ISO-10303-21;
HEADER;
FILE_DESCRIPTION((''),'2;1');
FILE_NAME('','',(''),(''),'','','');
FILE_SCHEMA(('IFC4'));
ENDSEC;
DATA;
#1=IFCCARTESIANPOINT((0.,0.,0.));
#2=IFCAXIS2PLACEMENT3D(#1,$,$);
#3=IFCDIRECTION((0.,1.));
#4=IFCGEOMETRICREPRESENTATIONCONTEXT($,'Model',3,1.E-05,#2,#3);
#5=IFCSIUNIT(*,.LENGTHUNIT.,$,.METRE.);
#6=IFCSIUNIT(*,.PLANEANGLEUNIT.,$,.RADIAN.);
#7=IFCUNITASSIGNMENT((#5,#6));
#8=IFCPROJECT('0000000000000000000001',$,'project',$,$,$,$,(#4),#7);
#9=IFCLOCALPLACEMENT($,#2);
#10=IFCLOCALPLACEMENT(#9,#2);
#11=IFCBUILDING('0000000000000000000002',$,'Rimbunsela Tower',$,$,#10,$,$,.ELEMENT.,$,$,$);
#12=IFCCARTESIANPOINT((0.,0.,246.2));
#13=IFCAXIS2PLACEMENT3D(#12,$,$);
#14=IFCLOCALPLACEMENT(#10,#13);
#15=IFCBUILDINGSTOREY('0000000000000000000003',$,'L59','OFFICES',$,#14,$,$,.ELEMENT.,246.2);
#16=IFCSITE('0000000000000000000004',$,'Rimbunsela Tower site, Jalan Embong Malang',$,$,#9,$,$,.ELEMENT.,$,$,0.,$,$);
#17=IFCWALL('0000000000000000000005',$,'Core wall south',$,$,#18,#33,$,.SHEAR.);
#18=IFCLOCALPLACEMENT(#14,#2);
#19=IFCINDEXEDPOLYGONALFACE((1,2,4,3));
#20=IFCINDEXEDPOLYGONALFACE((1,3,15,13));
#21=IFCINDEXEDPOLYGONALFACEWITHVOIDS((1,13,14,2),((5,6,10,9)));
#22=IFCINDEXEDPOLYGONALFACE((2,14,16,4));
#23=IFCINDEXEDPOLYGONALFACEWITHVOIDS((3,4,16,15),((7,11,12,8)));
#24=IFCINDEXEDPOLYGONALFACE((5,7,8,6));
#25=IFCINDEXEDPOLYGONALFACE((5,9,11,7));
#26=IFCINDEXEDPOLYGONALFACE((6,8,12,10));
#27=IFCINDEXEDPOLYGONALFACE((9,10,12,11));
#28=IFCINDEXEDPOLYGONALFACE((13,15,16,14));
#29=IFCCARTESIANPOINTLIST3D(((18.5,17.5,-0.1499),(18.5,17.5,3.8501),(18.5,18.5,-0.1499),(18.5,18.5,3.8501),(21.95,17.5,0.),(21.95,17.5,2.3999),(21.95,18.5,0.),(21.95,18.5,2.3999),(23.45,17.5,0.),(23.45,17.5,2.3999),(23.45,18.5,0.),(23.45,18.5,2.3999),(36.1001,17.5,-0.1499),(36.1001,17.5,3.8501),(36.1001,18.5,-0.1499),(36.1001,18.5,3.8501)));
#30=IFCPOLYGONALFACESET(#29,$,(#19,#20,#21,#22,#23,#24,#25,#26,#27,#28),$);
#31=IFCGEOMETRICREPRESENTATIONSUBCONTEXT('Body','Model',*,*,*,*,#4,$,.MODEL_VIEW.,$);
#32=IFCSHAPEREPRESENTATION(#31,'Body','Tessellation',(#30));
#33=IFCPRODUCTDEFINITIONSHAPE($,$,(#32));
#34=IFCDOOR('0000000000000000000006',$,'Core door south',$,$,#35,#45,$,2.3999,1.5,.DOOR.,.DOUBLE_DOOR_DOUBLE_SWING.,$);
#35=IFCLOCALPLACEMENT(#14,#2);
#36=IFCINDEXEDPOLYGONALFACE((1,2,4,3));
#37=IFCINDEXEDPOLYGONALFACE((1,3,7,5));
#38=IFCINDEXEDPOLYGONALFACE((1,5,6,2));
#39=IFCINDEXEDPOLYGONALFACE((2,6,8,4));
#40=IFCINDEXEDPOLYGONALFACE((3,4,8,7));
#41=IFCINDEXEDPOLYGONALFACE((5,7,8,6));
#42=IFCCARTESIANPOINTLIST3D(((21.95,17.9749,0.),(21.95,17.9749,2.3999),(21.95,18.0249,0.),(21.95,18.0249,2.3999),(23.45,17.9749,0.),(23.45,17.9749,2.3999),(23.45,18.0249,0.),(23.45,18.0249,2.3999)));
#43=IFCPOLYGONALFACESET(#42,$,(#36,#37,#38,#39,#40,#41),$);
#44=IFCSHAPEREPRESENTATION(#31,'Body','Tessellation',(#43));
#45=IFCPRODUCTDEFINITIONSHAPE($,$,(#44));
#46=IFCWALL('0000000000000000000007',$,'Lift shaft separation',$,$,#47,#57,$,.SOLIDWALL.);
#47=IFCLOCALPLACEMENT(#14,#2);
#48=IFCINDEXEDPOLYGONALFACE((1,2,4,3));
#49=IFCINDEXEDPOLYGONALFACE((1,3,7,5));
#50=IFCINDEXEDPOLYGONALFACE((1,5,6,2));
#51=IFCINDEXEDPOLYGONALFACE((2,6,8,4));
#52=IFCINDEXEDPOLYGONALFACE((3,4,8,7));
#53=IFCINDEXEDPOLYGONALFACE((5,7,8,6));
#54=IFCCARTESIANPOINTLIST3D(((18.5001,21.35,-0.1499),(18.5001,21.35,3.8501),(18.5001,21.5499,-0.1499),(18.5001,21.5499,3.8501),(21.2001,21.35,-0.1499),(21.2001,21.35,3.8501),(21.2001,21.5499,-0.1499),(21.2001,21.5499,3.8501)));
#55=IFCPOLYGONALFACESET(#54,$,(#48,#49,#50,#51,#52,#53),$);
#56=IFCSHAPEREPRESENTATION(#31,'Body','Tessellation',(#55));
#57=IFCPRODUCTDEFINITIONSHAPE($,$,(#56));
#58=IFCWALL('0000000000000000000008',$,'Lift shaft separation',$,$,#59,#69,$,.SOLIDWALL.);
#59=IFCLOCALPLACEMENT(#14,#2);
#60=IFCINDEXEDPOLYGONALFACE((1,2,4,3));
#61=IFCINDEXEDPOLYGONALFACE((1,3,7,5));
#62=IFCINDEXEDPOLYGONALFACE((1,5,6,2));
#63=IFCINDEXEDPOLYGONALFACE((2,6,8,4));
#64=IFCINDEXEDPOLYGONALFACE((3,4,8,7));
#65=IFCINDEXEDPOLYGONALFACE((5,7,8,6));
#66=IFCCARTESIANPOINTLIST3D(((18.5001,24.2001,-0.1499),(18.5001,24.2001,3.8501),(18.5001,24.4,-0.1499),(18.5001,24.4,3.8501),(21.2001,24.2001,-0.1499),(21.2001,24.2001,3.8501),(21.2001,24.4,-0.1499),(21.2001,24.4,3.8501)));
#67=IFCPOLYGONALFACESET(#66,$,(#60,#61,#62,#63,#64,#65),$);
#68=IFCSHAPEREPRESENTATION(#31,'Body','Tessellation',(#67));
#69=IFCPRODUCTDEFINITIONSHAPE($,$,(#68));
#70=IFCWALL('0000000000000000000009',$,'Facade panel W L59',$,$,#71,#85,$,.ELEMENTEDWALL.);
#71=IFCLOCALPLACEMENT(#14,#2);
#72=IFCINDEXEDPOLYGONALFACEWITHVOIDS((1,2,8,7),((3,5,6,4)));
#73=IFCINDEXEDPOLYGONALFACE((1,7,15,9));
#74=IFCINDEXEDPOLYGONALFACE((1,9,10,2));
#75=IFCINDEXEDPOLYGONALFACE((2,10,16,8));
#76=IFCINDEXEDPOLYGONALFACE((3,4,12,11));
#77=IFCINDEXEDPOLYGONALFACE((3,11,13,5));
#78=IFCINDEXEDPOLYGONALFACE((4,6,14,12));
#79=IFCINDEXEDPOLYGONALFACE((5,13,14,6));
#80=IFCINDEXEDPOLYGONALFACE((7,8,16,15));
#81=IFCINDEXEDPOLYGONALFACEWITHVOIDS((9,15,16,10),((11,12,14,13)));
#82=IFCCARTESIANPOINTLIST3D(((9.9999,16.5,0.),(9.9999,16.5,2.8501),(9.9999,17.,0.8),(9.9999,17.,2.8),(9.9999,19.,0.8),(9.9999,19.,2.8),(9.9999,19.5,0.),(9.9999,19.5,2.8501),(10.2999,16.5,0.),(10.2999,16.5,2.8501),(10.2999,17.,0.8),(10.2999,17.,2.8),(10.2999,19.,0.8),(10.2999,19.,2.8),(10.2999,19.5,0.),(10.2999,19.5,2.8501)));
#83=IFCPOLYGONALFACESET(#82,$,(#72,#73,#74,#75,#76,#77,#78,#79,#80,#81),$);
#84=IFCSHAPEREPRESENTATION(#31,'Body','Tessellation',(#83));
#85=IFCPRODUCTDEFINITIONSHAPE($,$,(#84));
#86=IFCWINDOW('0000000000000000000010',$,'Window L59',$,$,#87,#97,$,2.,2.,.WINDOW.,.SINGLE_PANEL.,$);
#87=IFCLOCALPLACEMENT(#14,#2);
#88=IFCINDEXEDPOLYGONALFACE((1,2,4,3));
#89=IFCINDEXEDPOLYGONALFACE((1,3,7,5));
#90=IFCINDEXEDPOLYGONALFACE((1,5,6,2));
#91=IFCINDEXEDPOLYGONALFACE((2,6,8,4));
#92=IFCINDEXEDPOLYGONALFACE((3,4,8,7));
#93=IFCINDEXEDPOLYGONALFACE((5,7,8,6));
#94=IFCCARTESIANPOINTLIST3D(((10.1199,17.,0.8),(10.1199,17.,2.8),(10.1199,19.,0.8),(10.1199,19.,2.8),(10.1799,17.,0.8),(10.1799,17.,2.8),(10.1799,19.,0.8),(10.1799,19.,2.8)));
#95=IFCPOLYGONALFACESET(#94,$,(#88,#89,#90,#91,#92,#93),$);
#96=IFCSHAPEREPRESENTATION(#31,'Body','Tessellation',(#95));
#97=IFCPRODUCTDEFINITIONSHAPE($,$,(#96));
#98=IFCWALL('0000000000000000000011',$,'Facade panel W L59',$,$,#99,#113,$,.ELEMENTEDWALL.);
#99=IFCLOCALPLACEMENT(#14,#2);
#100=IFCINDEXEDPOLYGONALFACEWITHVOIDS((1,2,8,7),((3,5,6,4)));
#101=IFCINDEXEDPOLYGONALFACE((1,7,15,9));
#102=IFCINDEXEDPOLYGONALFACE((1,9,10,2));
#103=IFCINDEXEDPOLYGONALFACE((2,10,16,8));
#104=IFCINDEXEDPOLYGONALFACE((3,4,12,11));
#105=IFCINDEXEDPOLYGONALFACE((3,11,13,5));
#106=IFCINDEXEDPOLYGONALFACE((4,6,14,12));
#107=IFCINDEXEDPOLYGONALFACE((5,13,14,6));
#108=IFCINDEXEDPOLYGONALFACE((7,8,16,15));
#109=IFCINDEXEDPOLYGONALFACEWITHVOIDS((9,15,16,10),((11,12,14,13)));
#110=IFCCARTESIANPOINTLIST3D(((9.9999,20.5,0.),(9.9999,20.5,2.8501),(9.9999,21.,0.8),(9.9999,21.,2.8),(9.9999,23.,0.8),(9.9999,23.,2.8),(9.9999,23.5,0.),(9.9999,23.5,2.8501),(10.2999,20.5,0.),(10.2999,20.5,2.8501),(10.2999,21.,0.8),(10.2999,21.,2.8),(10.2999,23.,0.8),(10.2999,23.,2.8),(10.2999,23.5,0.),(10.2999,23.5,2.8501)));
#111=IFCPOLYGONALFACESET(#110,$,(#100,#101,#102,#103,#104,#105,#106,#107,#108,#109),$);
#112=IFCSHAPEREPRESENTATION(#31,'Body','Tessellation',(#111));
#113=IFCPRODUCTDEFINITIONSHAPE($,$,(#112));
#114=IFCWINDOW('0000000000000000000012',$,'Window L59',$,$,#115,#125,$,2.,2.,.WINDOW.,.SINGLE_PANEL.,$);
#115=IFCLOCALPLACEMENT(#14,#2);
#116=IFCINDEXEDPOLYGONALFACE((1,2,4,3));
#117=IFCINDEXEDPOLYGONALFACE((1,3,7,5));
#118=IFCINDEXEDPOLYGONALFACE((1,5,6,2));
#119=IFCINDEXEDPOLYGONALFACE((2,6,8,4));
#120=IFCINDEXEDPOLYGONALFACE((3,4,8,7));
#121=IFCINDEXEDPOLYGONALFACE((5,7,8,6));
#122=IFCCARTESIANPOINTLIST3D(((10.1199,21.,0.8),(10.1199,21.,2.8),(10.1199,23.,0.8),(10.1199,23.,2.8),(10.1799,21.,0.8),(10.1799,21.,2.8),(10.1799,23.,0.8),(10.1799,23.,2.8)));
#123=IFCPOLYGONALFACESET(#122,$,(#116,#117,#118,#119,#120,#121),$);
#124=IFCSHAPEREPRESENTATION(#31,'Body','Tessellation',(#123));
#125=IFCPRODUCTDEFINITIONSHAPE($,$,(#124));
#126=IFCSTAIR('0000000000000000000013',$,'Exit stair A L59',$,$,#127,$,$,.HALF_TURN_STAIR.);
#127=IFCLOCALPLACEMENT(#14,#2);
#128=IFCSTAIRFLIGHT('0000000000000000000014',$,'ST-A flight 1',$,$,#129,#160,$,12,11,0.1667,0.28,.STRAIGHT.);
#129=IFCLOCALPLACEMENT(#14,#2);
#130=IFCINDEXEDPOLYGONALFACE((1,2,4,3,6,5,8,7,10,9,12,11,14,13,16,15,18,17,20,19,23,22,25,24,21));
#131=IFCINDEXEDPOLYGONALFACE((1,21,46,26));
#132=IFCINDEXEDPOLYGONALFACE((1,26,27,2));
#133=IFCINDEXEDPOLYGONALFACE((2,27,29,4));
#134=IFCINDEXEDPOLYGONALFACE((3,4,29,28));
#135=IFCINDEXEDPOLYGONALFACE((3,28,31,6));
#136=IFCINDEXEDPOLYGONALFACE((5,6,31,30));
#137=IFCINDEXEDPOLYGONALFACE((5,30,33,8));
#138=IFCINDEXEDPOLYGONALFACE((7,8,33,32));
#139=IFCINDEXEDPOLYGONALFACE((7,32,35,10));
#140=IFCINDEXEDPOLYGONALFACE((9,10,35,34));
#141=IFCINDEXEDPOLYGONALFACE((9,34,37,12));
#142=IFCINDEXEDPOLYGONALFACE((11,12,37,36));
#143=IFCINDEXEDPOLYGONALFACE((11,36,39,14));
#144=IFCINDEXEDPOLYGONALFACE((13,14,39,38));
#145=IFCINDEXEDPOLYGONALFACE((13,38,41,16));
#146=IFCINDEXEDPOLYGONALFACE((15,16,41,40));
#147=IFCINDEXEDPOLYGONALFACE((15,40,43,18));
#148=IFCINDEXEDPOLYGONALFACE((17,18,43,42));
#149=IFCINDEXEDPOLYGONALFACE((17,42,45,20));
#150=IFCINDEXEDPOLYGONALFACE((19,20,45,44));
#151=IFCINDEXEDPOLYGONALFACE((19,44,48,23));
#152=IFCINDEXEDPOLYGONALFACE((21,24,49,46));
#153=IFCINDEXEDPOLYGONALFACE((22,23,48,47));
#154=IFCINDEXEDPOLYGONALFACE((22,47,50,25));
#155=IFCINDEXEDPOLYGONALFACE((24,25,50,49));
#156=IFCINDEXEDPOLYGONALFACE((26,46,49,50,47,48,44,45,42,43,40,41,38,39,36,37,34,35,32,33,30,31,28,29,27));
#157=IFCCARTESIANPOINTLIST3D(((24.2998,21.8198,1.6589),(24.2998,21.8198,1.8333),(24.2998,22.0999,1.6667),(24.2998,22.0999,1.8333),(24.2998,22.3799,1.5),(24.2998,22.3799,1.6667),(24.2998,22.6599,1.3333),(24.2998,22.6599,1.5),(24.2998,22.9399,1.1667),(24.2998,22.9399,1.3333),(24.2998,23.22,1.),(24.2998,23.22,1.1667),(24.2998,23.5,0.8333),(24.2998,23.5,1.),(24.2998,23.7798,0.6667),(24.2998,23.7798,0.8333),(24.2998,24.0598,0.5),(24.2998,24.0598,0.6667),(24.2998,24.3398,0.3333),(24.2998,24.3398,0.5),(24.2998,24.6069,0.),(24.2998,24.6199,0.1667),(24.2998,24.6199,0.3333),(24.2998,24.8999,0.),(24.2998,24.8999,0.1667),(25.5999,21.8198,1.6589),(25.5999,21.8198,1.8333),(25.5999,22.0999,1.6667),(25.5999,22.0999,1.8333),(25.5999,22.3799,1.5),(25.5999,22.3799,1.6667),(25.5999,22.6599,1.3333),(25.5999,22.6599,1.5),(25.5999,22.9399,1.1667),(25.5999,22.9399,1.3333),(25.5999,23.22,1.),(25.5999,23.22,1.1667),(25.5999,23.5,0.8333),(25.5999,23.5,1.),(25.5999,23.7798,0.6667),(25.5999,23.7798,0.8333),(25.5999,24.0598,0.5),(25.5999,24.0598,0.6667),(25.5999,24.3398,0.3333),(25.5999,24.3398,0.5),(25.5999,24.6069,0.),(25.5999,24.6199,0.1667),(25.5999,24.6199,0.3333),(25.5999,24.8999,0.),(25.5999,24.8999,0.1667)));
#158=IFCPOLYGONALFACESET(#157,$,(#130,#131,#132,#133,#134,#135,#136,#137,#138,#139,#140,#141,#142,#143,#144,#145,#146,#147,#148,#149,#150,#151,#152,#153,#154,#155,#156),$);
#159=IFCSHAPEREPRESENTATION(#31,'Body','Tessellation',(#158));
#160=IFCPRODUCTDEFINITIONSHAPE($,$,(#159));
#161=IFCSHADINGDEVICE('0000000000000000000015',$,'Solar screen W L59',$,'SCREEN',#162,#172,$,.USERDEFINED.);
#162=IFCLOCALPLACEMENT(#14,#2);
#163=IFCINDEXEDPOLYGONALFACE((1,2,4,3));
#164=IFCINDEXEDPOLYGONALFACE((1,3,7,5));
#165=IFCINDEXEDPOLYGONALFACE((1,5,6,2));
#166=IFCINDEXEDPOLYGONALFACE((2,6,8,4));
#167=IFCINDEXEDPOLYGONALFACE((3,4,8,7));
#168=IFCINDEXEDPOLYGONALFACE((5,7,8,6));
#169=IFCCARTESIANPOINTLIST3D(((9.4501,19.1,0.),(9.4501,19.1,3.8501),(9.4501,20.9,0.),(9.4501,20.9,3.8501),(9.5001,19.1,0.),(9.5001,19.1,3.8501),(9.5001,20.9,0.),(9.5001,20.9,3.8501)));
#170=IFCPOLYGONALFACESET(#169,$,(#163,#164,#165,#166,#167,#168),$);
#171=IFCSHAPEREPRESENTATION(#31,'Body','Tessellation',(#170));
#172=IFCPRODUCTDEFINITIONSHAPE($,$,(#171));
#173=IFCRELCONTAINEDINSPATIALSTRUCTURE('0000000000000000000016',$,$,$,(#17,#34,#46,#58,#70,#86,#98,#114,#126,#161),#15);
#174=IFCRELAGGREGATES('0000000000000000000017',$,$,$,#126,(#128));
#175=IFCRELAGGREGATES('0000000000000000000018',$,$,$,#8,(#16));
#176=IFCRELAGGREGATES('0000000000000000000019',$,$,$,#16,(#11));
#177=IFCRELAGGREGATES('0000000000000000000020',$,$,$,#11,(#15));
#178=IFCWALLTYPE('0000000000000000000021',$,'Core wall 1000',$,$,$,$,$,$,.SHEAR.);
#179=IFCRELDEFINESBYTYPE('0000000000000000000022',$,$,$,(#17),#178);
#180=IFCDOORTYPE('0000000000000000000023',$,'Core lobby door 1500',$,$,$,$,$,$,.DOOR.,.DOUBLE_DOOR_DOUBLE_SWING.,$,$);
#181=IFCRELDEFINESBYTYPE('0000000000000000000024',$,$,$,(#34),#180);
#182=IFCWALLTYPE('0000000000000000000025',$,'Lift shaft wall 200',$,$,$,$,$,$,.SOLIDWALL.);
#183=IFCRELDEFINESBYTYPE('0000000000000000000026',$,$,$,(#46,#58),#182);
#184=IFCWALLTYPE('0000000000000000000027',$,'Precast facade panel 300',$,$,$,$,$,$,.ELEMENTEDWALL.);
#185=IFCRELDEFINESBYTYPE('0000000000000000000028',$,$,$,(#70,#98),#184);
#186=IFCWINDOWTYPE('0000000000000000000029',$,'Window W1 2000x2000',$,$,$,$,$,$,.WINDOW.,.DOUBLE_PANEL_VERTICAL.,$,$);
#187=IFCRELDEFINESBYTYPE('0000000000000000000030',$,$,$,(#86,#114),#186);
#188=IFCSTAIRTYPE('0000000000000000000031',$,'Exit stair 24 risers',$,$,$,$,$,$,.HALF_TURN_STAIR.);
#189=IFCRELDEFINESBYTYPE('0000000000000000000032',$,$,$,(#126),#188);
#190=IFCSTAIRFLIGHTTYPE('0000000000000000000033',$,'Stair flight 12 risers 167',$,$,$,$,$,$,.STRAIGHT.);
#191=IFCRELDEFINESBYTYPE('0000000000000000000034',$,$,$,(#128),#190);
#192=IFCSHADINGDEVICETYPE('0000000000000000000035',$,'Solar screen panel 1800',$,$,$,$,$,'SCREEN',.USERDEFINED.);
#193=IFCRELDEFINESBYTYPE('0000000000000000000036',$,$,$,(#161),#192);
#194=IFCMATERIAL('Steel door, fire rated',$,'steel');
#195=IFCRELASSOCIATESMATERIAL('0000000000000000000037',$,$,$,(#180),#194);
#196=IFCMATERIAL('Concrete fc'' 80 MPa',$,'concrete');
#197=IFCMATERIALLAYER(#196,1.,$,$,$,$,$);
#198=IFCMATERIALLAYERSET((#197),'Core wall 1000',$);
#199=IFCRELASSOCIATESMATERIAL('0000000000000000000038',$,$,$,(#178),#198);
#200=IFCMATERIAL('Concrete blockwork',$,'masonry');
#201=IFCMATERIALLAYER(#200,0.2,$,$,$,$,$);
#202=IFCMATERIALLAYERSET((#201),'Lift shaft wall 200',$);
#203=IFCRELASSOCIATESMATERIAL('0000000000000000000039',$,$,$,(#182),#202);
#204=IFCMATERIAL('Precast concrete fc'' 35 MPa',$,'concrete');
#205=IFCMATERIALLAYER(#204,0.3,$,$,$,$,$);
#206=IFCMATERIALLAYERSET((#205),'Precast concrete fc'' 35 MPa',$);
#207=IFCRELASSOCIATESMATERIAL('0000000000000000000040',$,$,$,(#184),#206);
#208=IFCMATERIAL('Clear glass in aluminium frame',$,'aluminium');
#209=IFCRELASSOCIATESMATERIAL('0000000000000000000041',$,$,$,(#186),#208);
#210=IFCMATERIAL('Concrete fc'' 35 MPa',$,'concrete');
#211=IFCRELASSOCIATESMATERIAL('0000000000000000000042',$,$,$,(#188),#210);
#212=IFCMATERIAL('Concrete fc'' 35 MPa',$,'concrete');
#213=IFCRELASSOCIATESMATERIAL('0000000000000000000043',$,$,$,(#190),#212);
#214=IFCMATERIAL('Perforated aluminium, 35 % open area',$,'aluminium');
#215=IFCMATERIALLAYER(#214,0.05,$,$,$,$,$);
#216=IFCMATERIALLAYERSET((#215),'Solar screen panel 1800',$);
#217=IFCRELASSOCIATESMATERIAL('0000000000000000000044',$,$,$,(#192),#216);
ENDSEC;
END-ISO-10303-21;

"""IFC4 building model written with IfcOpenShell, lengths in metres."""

from ifc_helpers import new_model, si_unit, direction, frame, frame_2d, origin, origin_2d, place, context, subcontext, project, spatial, polyline, rectangle, outline, extrude, material, layer, layer_set, type_object, element, fill, aggregate, save


model = new_model("IFC4")

# Units and contexts
model_context = context("Model", 3, precision=1e-05, world=origin(), true_north=direction((0.0, 1.0)))
body_context = subcontext(model_context, "Body", "Model", "MODEL_VIEW")
ifc_project = project(units=[si_unit("LENGTHUNIT", "METRE"), si_unit("PLANEANGLEUNIT", "RADIAN")], contexts=[model_context])

# Site, building, storey
site_placement = place(None, origin())
site = spatial("IfcSite", under=ifc_project, at=site_placement, Name="Rimbunsela Tower site, Jalan Embong Malang", CompositionType="ELEMENT", RefElevation=0.0)
building_placement = place(site_placement, origin())
building = spatial("IfcBuilding", under=site, at=building_placement, Name="Rimbunsela Tower", CompositionType="ELEMENT")
storey_placement = place(building_placement, frame((0.0, 0.0, 246.2)))
storey = spatial("IfcBuildingStorey", under=building, at=storey_placement, Name="L59", Description="OFFICES", CompositionType="ELEMENT", Elevation=246.2)

# Shared definitions
ifc_material_1 = material(Name="Steel door, fire rated", Category="steel")
door_type_1 = type_object("IfcDoorType", Name="Core lobby door 1500", OperationType="DOUBLE_DOOR_DOUBLE_SWING", PredefinedType="DOOR", material=ifc_material_1)

# Shared definitions
ifc_material_2 = material(Name="Concrete fc' 80 MPa", Category="concrete")
ifc_layer_1 = layer(ifc_material_2, 1.0)
ifc_layer_set_1 = layer_set([ifc_layer_1], Name="Core wall 1000")
wall_type_1 = type_object("IfcWallType", Name="Core wall 1000", PredefinedType="SHEAR", material=ifc_layer_set_1)

# Wall, opening, door
wall_1_placement = place(storey_placement, frame((18.5, 18.0, -0.1499), z_axis=(0.0, 0.0, 1.0), x_axis=(1.0, 0.0, 0.0)))
wall_1 = element("IfcWall", 1, at=wall_1_placement, inside=storey, type_object=wall_type_1, Name="Core wall south", PredefinedType="SHEAR", context=body_context, shape_type="SweptSolid", body=[
    extrude(rectangle(XDim=17.6001, YDim=1.0, at=frame_2d((8.8, 0.0))), origin(), (0.0, 0.0, 1.0), 4.0),
])
opening_1_placement = place(wall_1_placement, frame((3.45, 0.0, 0.1499)))
opening_1 = element("IfcOpeningElement", 2, at=opening_1_placement, cuts=wall_1, PredefinedType="OPENING", context=body_context, shape_type="SweptSolid", body=[
    extrude(rectangle(XDim=1.5, YDim=2.3999, at=frame_2d((0.75, 1.2))), frame((0.0, 0.51, 0.0), z_axis=(0.0, -1.0, 0.0), x_axis=(1.0, 0.0, 0.0)), (0.0, 0.0, 1.0), 1.02),
])
door_1_placement = place(opening_1_placement, origin())
door_1 = element("IfcDoor", 3, at=door_1_placement, inside=storey, type_object=door_type_1, Name="Core door south", OperationType="DOUBLE_DOOR_DOUBLE_SWING", OverallHeight=2.3999, OverallWidth=1.5, PredefinedType="DOOR", context=body_context, shape_type="SweptSolid", body=[
    extrude(rectangle(XDim=1.5, YDim=2.3999, at=frame_2d((0.75, 1.2))), frame((0.0, 0.0249, 0.0), z_axis=(0.0, -1.0, 0.0), x_axis=(1.0, 0.0, 0.0)), (0.0, 0.0, 1.0), 0.05),
])
fill(opening_1, door_1)

# Walls
ifc_material_3 = material(Name="Concrete blockwork", Category="masonry")
ifc_layer_2 = layer(ifc_material_3, 0.2)
ifc_layer_set_2 = layer_set([ifc_layer_2], Name="Lift shaft wall 200")
wall_type_2 = type_object("IfcWallType", Name="Lift shaft wall 200", PredefinedType="SOLIDWALL", material=ifc_layer_set_2)
for number, where, z_axis, x_axis, name in (
    (4, (18.5, 21.45, -0.1499), (0.0, 0.0, 1.0), (1.0, 0.0, 0.0), "Lift shaft separation"),
    (5, (18.5, 24.3, -0.1499), (0.0, 0.0, 1.0), (1.0, 0.0, 0.0), "Lift shaft separation"),
):
    element("IfcWall", number, at=place(storey_placement, frame(where, z_axis=z_axis, x_axis=x_axis)), inside=storey, type_object=wall_type_2, Name=name, PredefinedType="SOLIDWALL", context=body_context, shape_type="SweptSolid", body=[
        extrude(rectangle(XDim=2.7, YDim=0.2, at=frame_2d((1.3501, 0.0))), origin(), (0.0, 0.0, 1.0), 4.0),
    ])

# Walls, openings, windows
ifc_material_4 = material(Name="Precast concrete fc' 35 MPa", Category="concrete")
ifc_layer_3 = layer(ifc_material_4, 0.3)
ifc_layer_set_3 = layer_set([ifc_layer_3], Name="Precast concrete fc' 35 MPa")
wall_type_3 = type_object("IfcWallType", Name="Precast facade panel 300", PredefinedType="ELEMENTEDWALL", material=ifc_layer_set_3)
wall_2_placement = place(storey_placement, frame((10.1499, 19.5, 0.0), z_axis=(0.0, 0.0, 1.0), x_axis=(0.0, -1.0, 0.0)))
wall_2 = element("IfcWall", 6, at=wall_2_placement, inside=storey, type_object=wall_type_3, Name="Facade panel W L59", PredefinedType="ELEMENTEDWALL", context=body_context, shape_type="SweptSolid", body=[
    extrude(rectangle(XDim=3.0, YDim=0.3, at=frame_2d((1.5, 0.0))), origin(), (0.0, 0.0, 1.0), 2.8501),
])
opening_2_placement = place(wall_2_placement, frame((0.5, 0.0, 0.8)))
opening_2 = element("IfcOpeningElement", 7, at=opening_2_placement, cuts=wall_2, PredefinedType="OPENING", context=body_context, shape_type="SweptSolid", body=[
    extrude(rectangle(XDim=2.0, YDim=2.0, at=frame_2d((1.0, 1.0))), frame((0.0, 0.1599, 0.0), z_axis=(0.0, -1.0, 0.0), x_axis=(1.0, 0.0, 0.0)), (0.0, 0.0, 1.0), 0.3201),
])
ifc_material_5 = material(Name="Clear glass in aluminium frame", Category="aluminium")
window_type = type_object("IfcWindowType", Name="Window W1 2000x2000", PartitioningType="DOUBLE_PANEL_VERTICAL", PredefinedType="WINDOW", material=ifc_material_5)
window_1_placement = place(opening_2_placement, origin())
window_1 = element("IfcWindow", 8, at=window_1_placement, inside=storey, type_object=window_type, Name="Window L59", OverallHeight=2.0, OverallWidth=2.0, PartitioningType="SINGLE_PANEL", PredefinedType="WINDOW", context=body_context, shape_type="SweptSolid", body=[
    extrude(rectangle(XDim=2.0, YDim=2.0, at=frame_2d((1.0, 1.0))), frame((0.0, 0.03, 0.0), z_axis=(0.0, -1.0, 0.0), x_axis=(1.0, 0.0, 0.0)), (0.0, 0.0, 1.0), 0.0601),
])
fill(opening_2, window_1)
wall_3_placement = place(storey_placement, frame((10.1499, 23.5, 0.0), z_axis=(0.0, 0.0, 1.0), x_axis=(0.0, -1.0, 0.0)))
wall_3 = element("IfcWall", 9, at=wall_3_placement, inside=storey, type_object=wall_type_3, Name="Facade panel W L59", PredefinedType="ELEMENTEDWALL", context=body_context, shape_type="SweptSolid", body=[
    extrude(rectangle(XDim=3.0, YDim=0.3, at=frame_2d((1.5, 0.0))), origin(), (0.0, 0.0, 1.0), 2.8501),
])
opening_3_placement = place(wall_3_placement, frame((0.5, 0.0, 0.8)))
opening_3 = element("IfcOpeningElement", 10, at=opening_3_placement, cuts=wall_3, PredefinedType="OPENING", context=body_context, shape_type="SweptSolid", body=[
    extrude(rectangle(XDim=2.0, YDim=2.0, at=frame_2d((1.0, 1.0))), frame((0.0, 0.1599, 0.0), z_axis=(0.0, -1.0, 0.0), x_axis=(1.0, 0.0, 0.0)), (0.0, 0.0, 1.0), 0.3201),
])
window_2_placement = place(opening_3_placement, origin())
window_2 = element("IfcWindow", 11, at=window_2_placement, inside=storey, type_object=window_type, Name="Window L59", OverallHeight=2.0, OverallWidth=2.0, PartitioningType="SINGLE_PANEL", PredefinedType="WINDOW", context=body_context, shape_type="SweptSolid", body=[
    extrude(rectangle(XDim=2.0, YDim=2.0, at=frame_2d((1.0, 1.0))), frame((0.0, 0.03, 0.0), z_axis=(0.0, -1.0, 0.0), x_axis=(1.0, 0.0, 0.0)), (0.0, 0.0, 1.0), 0.0601),
])
fill(opening_3, window_2)

# Stair, stair flight
ifc_material_6 = material(Name="Concrete fc' 35 MPa", Category="concrete")
stair_type = type_object("IfcStairType", Name="Exit stair 24 risers", PredefinedType="HALF_TURN_STAIR", material=ifc_material_6)
stair_placement = place(storey_placement, origin())
stair = element("IfcStair", 12, at=stair_placement, inside=storey, type_object=stair_type, Name="Exit stair A L59", PredefinedType="HALF_TURN_STAIR")
ifc_material_7 = material(Name="Concrete fc' 35 MPa", Category="concrete")
stair_flight_type = type_object("IfcStairFlightType", Name="Stair flight 12 risers 167", PredefinedType="STRAIGHT", material=ifc_material_7)
stair_flight_placement = place(storey_placement, frame((24.95, 24.8999, 0.0), z_axis=(0.0, 0.0, 1.0), x_axis=(0.0, -1.0, 0.0)))
stair_flight = element("IfcStairFlight", 13, at=stair_flight_placement, type_object=stair_flight_type, Name="ST-A flight 1", NumberOfRisers=12, NumberOfTreads=11, PredefinedType="STRAIGHT", RiserHeight=0.1667, TreadLength=0.28, context=body_context, shape_type="SweptSolid", body=[
    extrude(outline(polyline([(0.0, 0.0), (0.0, 0.1667), (0.28, 0.1667), (0.28, 0.3333), (0.5601, 0.3333), (0.5601, 0.5), (0.8401, 0.5), (0.8401, 0.6667), (1.1201, 0.6667), (1.1201, 0.8333), (1.3999, 0.8333), (1.3999, 1.0), (1.6799, 1.0), (1.6799, 1.1667), (1.96, 1.1667), (1.96, 1.3333), (2.24, 1.3333), (2.24, 1.5), (2.52, 1.5), (2.52, 1.6667), (2.8, 1.6667), (2.8, 1.8333), (3.0801, 1.8333), (3.0801, 2.0), (3.0801, 1.6589), (0.293, 0.0), (0.0, 0.0)])), frame((0.0, 0.6499, 0.0), z_axis=(0.0, -1.0, 0.0), x_axis=(1.0, 0.0, 0.0)), (0.0, 0.0, 1.0), 1.3),
])
aggregate(stair, [stair_flight])

# Shading device
ifc_material_8 = material(Name="Perforated aluminium, 35 % open area", Category="aluminium")
ifc_layer_4 = layer(ifc_material_8, 0.05)
ifc_layer_set_4 = layer_set([ifc_layer_4], Name="Solar screen panel 1800")
shading_device_type = type_object("IfcShadingDeviceType", Name="Solar screen panel 1800", ElementType="SCREEN", PredefinedType="USERDEFINED", material=ifc_layer_set_4)
for number, where, z_axis, x_axis, name in (
    (14, (9.4751, 20.0, 0.0), (0.0, 0.0, 1.0), (0.0, 1.0, 0.0), "Solar screen W L59"),
):
    element("IfcShadingDevice", number, at=place(storey_placement, frame(where, z_axis=z_axis, x_axis=x_axis)), inside=storey, type_object=shading_device_type, Name=name, ObjectType="SCREEN", PredefinedType="USERDEFINED", context=body_context, shape_type="SweptSolid", body=[
        extrude(rectangle(XDim=1.8, YDim=0.05, at=origin_2d()), origin(), (0.0, 0.0, 1.0), 3.8501),
    ])

save(model, "model.ifc")
